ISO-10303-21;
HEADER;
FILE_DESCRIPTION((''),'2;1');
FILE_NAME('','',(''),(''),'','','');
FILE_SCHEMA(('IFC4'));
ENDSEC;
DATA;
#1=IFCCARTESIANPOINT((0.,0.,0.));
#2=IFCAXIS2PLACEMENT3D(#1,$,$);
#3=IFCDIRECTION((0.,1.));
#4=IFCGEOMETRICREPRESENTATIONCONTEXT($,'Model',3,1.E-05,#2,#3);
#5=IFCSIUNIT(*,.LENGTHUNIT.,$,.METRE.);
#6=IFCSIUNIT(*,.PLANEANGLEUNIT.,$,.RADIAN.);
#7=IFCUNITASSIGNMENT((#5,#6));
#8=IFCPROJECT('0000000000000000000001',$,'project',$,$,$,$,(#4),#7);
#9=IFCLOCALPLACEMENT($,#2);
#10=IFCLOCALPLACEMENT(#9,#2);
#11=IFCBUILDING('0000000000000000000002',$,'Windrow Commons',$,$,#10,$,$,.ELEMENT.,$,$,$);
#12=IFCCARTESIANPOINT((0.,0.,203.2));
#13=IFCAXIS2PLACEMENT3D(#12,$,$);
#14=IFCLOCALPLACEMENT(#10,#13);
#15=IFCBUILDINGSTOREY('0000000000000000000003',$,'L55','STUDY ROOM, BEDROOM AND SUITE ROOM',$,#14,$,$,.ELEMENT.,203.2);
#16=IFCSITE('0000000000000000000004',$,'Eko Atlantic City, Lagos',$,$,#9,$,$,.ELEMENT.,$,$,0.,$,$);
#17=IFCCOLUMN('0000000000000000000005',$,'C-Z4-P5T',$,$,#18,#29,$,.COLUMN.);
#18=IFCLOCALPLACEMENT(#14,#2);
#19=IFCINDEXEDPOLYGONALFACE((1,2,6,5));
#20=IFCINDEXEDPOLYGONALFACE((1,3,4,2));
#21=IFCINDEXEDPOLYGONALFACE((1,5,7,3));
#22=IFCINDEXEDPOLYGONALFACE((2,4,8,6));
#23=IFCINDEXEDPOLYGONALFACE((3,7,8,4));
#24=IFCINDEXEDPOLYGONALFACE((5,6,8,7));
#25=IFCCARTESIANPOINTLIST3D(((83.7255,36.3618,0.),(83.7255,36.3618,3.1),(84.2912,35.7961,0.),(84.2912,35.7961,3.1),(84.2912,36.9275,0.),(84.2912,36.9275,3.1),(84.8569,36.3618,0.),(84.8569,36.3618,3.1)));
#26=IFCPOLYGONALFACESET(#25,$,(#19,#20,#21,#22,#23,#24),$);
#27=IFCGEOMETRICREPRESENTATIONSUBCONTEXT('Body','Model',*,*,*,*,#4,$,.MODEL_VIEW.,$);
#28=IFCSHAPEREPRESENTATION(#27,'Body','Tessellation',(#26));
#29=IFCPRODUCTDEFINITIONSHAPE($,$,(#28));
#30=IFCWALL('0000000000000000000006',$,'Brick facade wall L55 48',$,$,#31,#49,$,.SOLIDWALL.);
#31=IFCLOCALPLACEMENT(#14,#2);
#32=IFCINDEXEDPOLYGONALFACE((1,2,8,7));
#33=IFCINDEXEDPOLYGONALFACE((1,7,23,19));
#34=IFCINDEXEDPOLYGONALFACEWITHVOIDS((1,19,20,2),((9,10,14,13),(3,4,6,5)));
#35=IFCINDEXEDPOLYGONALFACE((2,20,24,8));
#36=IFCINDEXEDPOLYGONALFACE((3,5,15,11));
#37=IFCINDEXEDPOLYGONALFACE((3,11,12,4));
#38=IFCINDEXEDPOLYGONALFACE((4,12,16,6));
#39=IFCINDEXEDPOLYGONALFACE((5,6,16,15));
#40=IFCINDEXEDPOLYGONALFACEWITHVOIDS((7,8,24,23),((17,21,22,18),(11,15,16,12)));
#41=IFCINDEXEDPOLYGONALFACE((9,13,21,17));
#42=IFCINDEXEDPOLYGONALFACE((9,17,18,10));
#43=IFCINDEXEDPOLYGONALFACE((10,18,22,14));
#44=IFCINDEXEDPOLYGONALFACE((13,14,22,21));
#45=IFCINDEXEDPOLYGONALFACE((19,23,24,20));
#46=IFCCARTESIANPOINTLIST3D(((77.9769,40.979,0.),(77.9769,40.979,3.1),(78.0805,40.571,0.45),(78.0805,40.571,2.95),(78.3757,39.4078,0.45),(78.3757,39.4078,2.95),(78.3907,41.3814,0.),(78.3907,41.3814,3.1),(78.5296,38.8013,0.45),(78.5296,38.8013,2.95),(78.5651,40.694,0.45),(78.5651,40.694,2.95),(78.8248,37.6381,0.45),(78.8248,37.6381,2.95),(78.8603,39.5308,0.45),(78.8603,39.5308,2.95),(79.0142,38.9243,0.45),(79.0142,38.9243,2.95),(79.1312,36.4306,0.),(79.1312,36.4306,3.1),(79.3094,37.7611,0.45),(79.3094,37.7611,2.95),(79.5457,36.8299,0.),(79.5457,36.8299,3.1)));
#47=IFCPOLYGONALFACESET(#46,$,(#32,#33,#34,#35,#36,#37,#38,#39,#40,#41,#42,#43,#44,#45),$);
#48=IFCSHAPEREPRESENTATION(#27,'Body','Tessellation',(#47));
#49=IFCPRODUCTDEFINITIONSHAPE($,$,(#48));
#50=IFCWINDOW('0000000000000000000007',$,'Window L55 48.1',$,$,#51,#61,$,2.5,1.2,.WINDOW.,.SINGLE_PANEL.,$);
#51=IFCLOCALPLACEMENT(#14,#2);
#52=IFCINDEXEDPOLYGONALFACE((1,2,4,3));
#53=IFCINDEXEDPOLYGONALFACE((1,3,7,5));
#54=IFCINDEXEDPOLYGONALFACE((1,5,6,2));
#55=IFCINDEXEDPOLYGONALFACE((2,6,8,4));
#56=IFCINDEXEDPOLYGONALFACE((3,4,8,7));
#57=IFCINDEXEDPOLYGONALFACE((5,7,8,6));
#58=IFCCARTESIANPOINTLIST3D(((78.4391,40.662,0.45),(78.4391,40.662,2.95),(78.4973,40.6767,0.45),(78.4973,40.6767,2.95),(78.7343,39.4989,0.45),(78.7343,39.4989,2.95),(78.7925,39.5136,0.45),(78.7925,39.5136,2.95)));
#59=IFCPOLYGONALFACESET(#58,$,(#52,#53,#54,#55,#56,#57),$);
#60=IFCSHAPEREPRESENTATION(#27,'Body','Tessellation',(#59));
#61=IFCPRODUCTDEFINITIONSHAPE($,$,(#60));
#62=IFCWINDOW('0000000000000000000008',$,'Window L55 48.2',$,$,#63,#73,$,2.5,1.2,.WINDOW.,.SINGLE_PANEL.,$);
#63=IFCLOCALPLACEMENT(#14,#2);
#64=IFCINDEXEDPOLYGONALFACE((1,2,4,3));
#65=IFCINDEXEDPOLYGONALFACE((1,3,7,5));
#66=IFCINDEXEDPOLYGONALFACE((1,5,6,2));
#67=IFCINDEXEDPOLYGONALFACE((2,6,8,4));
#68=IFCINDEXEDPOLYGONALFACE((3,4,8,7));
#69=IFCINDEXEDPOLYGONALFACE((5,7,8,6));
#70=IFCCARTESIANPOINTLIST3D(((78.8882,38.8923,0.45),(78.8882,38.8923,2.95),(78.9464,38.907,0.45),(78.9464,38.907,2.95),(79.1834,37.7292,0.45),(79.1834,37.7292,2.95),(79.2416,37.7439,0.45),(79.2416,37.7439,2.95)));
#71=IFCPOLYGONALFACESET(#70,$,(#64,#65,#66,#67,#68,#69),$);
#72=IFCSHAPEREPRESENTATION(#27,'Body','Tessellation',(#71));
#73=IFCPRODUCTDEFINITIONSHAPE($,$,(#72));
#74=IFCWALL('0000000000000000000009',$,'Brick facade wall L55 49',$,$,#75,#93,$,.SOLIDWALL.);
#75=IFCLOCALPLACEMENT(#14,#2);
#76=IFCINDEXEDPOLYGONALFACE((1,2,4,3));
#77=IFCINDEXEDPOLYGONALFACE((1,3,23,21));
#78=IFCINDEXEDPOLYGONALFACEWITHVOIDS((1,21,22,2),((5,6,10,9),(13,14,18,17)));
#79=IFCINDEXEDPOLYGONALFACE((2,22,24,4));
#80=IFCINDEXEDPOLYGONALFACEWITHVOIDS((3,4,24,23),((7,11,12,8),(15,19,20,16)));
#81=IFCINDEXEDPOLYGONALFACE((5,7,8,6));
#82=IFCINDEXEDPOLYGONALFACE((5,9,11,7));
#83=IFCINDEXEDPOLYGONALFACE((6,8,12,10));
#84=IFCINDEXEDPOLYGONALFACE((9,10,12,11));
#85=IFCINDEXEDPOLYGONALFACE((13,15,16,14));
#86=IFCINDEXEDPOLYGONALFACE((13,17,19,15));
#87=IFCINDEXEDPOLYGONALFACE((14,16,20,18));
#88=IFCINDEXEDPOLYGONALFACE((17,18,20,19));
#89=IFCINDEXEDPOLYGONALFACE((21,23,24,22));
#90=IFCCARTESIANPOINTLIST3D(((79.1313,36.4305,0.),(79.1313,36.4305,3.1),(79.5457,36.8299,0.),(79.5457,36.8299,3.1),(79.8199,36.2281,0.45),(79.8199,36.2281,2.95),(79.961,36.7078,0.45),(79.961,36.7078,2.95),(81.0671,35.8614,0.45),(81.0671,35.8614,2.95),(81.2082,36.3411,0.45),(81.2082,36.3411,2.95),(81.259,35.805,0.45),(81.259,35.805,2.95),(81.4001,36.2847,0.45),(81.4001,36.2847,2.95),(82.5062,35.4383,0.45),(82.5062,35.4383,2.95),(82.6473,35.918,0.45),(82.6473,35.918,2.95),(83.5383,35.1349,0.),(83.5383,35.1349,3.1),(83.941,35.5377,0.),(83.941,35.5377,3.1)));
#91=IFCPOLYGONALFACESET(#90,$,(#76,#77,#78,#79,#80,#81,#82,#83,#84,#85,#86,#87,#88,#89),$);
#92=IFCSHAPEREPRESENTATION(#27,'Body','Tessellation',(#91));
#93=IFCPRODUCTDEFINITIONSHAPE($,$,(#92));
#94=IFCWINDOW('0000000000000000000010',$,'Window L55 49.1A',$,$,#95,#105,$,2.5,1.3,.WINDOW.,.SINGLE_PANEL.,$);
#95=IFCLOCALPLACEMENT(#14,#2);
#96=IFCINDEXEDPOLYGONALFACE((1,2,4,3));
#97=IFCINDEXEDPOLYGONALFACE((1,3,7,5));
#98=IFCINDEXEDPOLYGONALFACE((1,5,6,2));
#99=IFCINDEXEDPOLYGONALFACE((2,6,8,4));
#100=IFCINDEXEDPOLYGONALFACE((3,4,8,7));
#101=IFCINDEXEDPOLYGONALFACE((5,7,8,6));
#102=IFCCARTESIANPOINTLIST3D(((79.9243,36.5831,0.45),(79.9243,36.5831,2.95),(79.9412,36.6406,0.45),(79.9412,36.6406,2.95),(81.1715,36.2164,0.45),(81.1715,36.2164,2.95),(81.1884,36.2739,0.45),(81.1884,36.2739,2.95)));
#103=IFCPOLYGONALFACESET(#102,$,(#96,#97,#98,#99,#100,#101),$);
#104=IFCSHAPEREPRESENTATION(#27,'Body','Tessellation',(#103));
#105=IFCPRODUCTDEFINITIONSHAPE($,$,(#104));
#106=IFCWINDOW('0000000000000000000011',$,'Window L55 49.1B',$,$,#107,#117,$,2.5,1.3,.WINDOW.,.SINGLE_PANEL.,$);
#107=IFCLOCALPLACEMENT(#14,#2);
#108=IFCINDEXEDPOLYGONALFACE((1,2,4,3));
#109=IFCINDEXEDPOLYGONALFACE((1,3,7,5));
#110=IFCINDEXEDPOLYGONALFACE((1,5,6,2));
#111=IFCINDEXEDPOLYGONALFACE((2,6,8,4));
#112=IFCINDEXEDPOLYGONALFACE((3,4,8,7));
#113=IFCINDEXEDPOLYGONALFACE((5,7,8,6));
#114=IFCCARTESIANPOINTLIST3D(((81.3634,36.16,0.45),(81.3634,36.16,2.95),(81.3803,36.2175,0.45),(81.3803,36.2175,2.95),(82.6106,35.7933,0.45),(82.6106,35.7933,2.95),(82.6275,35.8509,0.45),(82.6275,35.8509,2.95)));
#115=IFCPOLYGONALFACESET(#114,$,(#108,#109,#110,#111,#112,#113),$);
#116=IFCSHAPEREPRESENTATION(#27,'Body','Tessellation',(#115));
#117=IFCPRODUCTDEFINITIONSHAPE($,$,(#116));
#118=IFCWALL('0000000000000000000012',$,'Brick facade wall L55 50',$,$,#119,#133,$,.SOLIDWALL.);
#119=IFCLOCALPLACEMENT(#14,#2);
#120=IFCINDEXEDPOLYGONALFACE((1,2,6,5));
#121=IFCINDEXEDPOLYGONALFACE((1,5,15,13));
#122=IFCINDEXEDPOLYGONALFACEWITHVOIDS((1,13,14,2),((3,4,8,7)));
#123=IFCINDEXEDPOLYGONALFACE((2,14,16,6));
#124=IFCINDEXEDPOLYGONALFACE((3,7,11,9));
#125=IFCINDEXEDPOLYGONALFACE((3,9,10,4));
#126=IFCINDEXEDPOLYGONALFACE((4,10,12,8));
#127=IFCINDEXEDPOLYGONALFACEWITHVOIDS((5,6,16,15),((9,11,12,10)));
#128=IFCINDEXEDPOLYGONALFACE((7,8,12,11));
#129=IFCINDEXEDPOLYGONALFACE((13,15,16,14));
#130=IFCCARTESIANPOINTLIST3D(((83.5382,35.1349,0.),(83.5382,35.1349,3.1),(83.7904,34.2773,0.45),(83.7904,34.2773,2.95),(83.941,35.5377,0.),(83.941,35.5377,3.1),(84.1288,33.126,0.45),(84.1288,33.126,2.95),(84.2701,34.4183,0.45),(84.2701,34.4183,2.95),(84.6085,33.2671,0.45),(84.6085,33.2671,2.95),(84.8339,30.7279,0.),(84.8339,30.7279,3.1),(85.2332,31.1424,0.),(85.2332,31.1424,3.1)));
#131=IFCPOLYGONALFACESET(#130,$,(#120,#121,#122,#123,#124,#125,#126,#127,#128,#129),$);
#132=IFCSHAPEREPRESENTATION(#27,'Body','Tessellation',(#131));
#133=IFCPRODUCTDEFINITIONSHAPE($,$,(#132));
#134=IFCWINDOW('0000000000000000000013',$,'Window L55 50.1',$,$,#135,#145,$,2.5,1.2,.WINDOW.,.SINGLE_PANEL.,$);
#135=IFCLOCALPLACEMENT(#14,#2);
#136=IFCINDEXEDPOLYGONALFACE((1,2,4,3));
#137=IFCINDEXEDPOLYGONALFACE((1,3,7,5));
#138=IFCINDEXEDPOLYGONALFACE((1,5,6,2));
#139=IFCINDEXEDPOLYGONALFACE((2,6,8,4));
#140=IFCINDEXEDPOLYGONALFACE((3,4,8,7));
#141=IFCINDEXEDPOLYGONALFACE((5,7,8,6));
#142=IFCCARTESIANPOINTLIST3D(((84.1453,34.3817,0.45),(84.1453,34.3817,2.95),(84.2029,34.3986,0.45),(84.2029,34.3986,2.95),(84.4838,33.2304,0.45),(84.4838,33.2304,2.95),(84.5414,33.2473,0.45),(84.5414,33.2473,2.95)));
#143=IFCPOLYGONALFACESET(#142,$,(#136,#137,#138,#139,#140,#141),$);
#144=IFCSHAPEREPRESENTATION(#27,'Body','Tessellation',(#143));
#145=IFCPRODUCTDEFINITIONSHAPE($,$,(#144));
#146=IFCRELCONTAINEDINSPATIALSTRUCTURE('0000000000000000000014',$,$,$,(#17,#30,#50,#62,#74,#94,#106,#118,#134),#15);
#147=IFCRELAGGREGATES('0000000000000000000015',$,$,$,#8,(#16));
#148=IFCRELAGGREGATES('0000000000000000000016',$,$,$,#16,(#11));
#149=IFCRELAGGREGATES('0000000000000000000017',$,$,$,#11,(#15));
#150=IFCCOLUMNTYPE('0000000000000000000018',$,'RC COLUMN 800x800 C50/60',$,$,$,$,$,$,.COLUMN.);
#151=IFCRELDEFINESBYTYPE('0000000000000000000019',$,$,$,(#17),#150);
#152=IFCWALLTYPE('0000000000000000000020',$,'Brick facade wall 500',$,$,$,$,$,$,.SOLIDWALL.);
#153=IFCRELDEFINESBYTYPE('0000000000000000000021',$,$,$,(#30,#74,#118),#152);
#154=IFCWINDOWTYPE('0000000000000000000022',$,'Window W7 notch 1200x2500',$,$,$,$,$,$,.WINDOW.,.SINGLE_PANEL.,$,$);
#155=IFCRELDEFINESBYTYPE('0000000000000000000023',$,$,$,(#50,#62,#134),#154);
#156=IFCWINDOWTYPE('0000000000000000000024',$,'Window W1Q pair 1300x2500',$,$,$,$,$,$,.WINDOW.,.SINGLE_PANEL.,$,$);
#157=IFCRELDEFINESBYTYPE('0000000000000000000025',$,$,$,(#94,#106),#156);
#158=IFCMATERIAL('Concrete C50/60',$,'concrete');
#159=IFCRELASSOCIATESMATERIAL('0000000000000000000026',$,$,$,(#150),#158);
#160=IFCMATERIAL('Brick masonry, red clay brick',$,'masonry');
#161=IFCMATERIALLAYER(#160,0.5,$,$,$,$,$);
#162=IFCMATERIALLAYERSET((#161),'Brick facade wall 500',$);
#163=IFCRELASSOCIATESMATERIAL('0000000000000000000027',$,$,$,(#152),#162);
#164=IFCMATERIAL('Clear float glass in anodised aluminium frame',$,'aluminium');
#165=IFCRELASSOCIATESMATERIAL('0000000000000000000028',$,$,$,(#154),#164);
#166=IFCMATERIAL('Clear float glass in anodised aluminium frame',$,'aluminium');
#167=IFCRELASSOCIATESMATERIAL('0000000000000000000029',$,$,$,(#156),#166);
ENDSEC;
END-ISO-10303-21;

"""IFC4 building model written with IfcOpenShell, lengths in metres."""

from ifc_helpers import new_model, si_unit, direction, frame, frame_2d, origin, origin_2d, place, context, subcontext, project, spatial, polyline, rectangle, outline, extrude, material, layer, layer_set, material_profile, profile_set, type_object, element, fill, save


model = new_model("IFC4")

# Units and contexts
model_context = context("Model", 3, precision=1e-05, world=origin(), true_north=direction((0.0, 1.0)))
body_context = subcontext(model_context, "Body", "Model", "MODEL_VIEW")
ifc_project = project(units=[si_unit("LENGTHUNIT", "METRE"), si_unit("PLANEANGLEUNIT", "RADIAN")], contexts=[model_context])

# Site, building, storey
site_placement = place(None, origin())
site = spatial("IfcSite", under=ifc_project, at=site_placement, Name="Eko Atlantic City, Lagos", CompositionType="ELEMENT", RefElevation=0.0)
building_placement = place(site_placement, origin())
building = spatial("IfcBuilding", under=site, at=building_placement, Name="Windrow Commons", CompositionType="ELEMENT")
storey_placement = place(building_placement, frame((0.0, 0.0, 203.2)))
storey = spatial("IfcBuildingStorey", under=building, at=storey_placement, Name="L55", Description="STUDY ROOM, BEDROOM AND SUITE ROOM", CompositionType="ELEMENT", Elevation=203.2)

# Column
ifc_material_1 = material(Name="Concrete C50/60", Category="concrete")
ifc_material_profile = material_profile(ifc_material_1, rectangle(XDim=0.8, YDim=0.8, at=origin_2d()))
ifc_profile_set = profile_set([ifc_material_profile], Name="Concrete C50/60")
column_type = type_object("IfcColumnType", Name="RC COLUMN 800x800 C50/60", PredefinedType="COLUMN", material=ifc_profile_set)
column_placement = place(storey_placement, frame((84.2912, 36.3618, 0.0), z_axis=(0.0, 0.0, 1.0), x_axis=(0.707107, -0.707107, 0.0)))
element("IfcColumn", 1, at=column_placement, inside=storey, type_object=column_type, Name="C-Z4-P5T", PredefinedType="COLUMN", context=body_context, shape_type="SweptSolid", body=[
    extrude(rectangle(XDim=0.8, YDim=0.8, at=origin_2d()), origin(), (0.0, 0.0, 1.0), 3.1),
])

# Walls, openings, windows
ifc_material_2 = material(Name="Brick masonry, red clay brick", Category="masonry")
ifc_layer_1 = layer(ifc_material_2, 0.5)
ifc_layer_set_1 = layer_set([ifc_layer_1], Name="Brick facade wall 500")
wall_type_1 = type_object("IfcWallType", Name="Brick facade wall 500", PredefinedType="SOLIDWALL", material=ifc_layer_set_1)
wall_1_placement = place(storey_placement, frame((78.1838, 41.1802, 0.0), z_axis=(0.0, 0.0, 1.0), x_axis=(0.245983, -0.969274, 0.0)))
wall_1 = element("IfcWall", 2, at=wall_1_placement, inside=storey, type_object=wall_type_1, Name="Brick facade wall L55 48", PredefinedType="SOLIDWALL", context=body_context, shape_type="SweptSolid", body=[
    extrude(outline(polyline([(0.1441, -0.25), (4.8367, -0.25), (4.5516, 0.25), (-0.1441, 0.25), (0.1441, -0.25)])), origin(), (0.0, 0.0, 1.0), 3.1),
])
opening_1_placement = place(wall_1_placement, frame((0.5651, 0.0, 0.45)))
opening_1 = element("IfcOpeningElement", 3, at=opening_1_placement, cuts=wall_1, PredefinedType="OPENING", context=body_context, shape_type="SweptSolid", body=[
    extrude(rectangle(XDim=1.2, YDim=2.5, at=frame_2d((0.6, 1.25))), frame((0.0, 0.26, 0.0), z_axis=(0.0, -1.0, 0.0), x_axis=(1.0, 0.0, 0.0)), (0.0, 0.0, 1.0), 0.52),
])
opening_2_placement = place(wall_1_placement, frame((2.3909, 0.0, 0.45)))
opening_2 = element("IfcOpeningElement", 4, at=opening_2_placement, cuts=wall_1, PredefinedType="OPENING", context=body_context, shape_type="SweptSolid", body=[
    extrude(rectangle(XDim=1.2, YDim=2.5, at=frame_2d((0.6, 1.25))), frame((0.0, 0.26, 0.0), z_axis=(0.0, -1.0, 0.0), x_axis=(1.0, 0.0, 0.0)), (0.0, 0.0, 1.0), 0.52),
])
ifc_material_3 = material(Name="Clear float glass in anodised aluminium frame", Category="aluminium")
window_type_1 = type_object("IfcWindowType", Name="Window W7 notch 1200x2500", PartitioningType="SINGLE_PANEL", PredefinedType="WINDOW", material=ifc_material_3)
window_1_placement = place(opening_1_placement, origin())
window_1 = element("IfcWindow", 5, at=window_1_placement, inside=storey, type_object=window_type_1, Name="Window L55 48.1", OverallHeight=2.5, OverallWidth=1.2, PartitioningType="SINGLE_PANEL", PredefinedType="WINDOW", context=body_context, shape_type="SweptSolid", body=[
    extrude(rectangle(XDim=1.2, YDim=2.5, at=frame_2d((0.6, 1.25))), frame((0.0, 0.18, 0.0), z_axis=(0.0, -1.0, 0.0), x_axis=(1.0, 0.0, 0.0)), (0.0, 0.0, 1.0), 0.06),
])
fill(opening_1, window_1)
window_2_placement = place(opening_2_placement, origin())
window_2 = element("IfcWindow", 6, at=window_2_placement, inside=storey, type_object=window_type_1, Name="Window L55 48.2", OverallHeight=2.5, OverallWidth=1.2, PartitioningType="SINGLE_PANEL", PredefinedType="WINDOW", context=body_context, shape_type="SweptSolid", body=[
    extrude(rectangle(XDim=1.2, YDim=2.5, at=frame_2d((0.6, 1.25))), frame((0.0, 0.18, 0.0), z_axis=(0.0, -1.0, 0.0), x_axis=(1.0, 0.0, 0.0)), (0.0, 0.0, 1.0), 0.06),
])
fill(opening_2, window_2)
wall_2_placement = place(storey_placement, frame((79.3385, 36.6302, 0.0), z_axis=(0.0, 0.0, 1.0), x_axis=(0.959397, -0.282058, 0.0)))
wall_2 = element("IfcWall", 7, at=wall_2_placement, inside=storey, type_object=wall_type_1, Name="Brick facade wall L55 49", PredefinedType="SOLIDWALL", context=body_context, shape_type="SweptSolid", body=[
    extrude(outline(polyline([(-0.1425, -0.25), (4.451, -0.25), (4.7238, 0.25), (0.1425, 0.25), (-0.1425, -0.25)])), origin(), (0.0, 0.0, 1.0), 3.1),
])
opening_3_placement = place(wall_2_placement, frame((0.5753, 0.0, 0.45)))
opening_3 = element("IfcOpeningElement", 8, at=opening_3_placement, cuts=wall_2, PredefinedType="OPENING", context=body_context, shape_type="SweptSolid", body=[
    extrude(rectangle(XDim=1.3, YDim=2.5, at=frame_2d((0.65, 1.25))), frame((0.0, 0.26, 0.0), z_axis=(0.0, -1.0, 0.0), x_axis=(1.0, 0.0, 0.0)), (0.0, 0.0, 1.0), 0.52),
])
opening_4_placement = place(wall_2_placement, frame((2.0753, 0.0, 0.45)))
opening_4 = element("IfcOpeningElement", 9, at=opening_4_placement, cuts=wall_2, PredefinedType="OPENING", context=body_context, shape_type="SweptSolid", body=[
    extrude(rectangle(XDim=1.3, YDim=2.5, at=frame_2d((0.65, 1.25))), frame((0.0, 0.26, 0.0), z_axis=(0.0, -1.0, 0.0), x_axis=(1.0, 0.0, 0.0)), (0.0, 0.0, 1.0), 0.52),
])
ifc_material_4 = material(Name="Clear float glass in anodised aluminium frame", Category="aluminium")
window_type_2 = type_object("IfcWindowType", Name="Window W1Q pair 1300x2500", PartitioningType="SINGLE_PANEL", PredefinedType="WINDOW", material=ifc_material_4)
window_3_placement = place(opening_3_placement, origin())
window_3 = element("IfcWindow", 10, at=window_3_placement, inside=storey, type_object=window_type_2, Name="Window L55 49.1A", OverallHeight=2.5, OverallWidth=1.3, PartitioningType="SINGLE_PANEL", PredefinedType="WINDOW", context=body_context, shape_type="SweptSolid", body=[
    extrude(rectangle(XDim=1.3, YDim=2.5, at=frame_2d((0.65, 1.25))), frame((0.0, 0.18, 0.0), z_axis=(0.0, -1.0, 0.0), x_axis=(1.0, 0.0, 0.0)), (0.0, 0.0, 1.0), 0.06),
])
fill(opening_3, window_3)
window_4_placement = place(opening_4_placement, origin())
window_4 = element("IfcWindow", 11, at=window_4_placement, inside=storey, type_object=window_type_2, Name="Window L55 49.1B", OverallHeight=2.5, OverallWidth=1.3, PartitioningType="SINGLE_PANEL", PredefinedType="WINDOW", context=body_context, shape_type="SweptSolid", body=[
    extrude(rectangle(XDim=1.3, YDim=2.5, at=frame_2d((0.65, 1.25))), frame((0.0, 0.18, 0.0), z_axis=(0.0, -1.0, 0.0), x_axis=(1.0, 0.0, 0.0)), (0.0, 0.0, 1.0), 0.06),
])
fill(opening_4, window_4)

# Wall, opening, window
wall_3_placement = place(storey_placement, frame((83.7396, 35.3363, 0.0), z_axis=(0.0, 0.0, 1.0), x_axis=(0.282058, -0.959397, 0.0)))
wall_3 = element("IfcWall", 12, at=wall_3_placement, inside=storey, type_object=wall_type_1, Name="Brick facade wall L55 50", PredefinedType="SOLIDWALL", context=body_context, shape_type="SweptSolid", body=[
    extrude(outline(polyline([(0.1364, -0.25), (4.7299, -0.25), (4.4449, 0.25), (-0.1364, 0.25), (0.1364, -0.25)])), origin(), (0.0, 0.0, 1.0), 3.1),
])
opening_5_placement = place(wall_3_placement, frame((1.0303, 0.0, 0.45)))
opening_5 = element("IfcOpeningElement", 13, at=opening_5_placement, cuts=wall_3, PredefinedType="OPENING", context=body_context, shape_type="SweptSolid", body=[
    extrude(rectangle(XDim=1.2, YDim=2.5, at=frame_2d((0.6, 1.25))), frame((0.0, 0.26, 0.0), z_axis=(0.0, -1.0, 0.0), x_axis=(1.0, 0.0, 0.0)), (0.0, 0.0, 1.0), 0.52),
])
window_5_placement = place(opening_5_placement, origin())
window_5 = element("IfcWindow", 14, at=window_5_placement, inside=storey, type_object=window_type_1, Name="Window L55 50.1", OverallHeight=2.5, OverallWidth=1.2, PartitioningType="SINGLE_PANEL", PredefinedType="WINDOW", context=body_context, shape_type="SweptSolid", body=[
    extrude(rectangle(XDim=1.2, YDim=2.5, at=frame_2d((0.6, 1.25))), frame((0.0, 0.18, 0.0), z_axis=(0.0, -1.0, 0.0), x_axis=(1.0, 0.0, 0.0)), (0.0, 0.0, 1.0), 0.06),
])
fill(opening_5, window_5)

save(model, "model.ifc")
